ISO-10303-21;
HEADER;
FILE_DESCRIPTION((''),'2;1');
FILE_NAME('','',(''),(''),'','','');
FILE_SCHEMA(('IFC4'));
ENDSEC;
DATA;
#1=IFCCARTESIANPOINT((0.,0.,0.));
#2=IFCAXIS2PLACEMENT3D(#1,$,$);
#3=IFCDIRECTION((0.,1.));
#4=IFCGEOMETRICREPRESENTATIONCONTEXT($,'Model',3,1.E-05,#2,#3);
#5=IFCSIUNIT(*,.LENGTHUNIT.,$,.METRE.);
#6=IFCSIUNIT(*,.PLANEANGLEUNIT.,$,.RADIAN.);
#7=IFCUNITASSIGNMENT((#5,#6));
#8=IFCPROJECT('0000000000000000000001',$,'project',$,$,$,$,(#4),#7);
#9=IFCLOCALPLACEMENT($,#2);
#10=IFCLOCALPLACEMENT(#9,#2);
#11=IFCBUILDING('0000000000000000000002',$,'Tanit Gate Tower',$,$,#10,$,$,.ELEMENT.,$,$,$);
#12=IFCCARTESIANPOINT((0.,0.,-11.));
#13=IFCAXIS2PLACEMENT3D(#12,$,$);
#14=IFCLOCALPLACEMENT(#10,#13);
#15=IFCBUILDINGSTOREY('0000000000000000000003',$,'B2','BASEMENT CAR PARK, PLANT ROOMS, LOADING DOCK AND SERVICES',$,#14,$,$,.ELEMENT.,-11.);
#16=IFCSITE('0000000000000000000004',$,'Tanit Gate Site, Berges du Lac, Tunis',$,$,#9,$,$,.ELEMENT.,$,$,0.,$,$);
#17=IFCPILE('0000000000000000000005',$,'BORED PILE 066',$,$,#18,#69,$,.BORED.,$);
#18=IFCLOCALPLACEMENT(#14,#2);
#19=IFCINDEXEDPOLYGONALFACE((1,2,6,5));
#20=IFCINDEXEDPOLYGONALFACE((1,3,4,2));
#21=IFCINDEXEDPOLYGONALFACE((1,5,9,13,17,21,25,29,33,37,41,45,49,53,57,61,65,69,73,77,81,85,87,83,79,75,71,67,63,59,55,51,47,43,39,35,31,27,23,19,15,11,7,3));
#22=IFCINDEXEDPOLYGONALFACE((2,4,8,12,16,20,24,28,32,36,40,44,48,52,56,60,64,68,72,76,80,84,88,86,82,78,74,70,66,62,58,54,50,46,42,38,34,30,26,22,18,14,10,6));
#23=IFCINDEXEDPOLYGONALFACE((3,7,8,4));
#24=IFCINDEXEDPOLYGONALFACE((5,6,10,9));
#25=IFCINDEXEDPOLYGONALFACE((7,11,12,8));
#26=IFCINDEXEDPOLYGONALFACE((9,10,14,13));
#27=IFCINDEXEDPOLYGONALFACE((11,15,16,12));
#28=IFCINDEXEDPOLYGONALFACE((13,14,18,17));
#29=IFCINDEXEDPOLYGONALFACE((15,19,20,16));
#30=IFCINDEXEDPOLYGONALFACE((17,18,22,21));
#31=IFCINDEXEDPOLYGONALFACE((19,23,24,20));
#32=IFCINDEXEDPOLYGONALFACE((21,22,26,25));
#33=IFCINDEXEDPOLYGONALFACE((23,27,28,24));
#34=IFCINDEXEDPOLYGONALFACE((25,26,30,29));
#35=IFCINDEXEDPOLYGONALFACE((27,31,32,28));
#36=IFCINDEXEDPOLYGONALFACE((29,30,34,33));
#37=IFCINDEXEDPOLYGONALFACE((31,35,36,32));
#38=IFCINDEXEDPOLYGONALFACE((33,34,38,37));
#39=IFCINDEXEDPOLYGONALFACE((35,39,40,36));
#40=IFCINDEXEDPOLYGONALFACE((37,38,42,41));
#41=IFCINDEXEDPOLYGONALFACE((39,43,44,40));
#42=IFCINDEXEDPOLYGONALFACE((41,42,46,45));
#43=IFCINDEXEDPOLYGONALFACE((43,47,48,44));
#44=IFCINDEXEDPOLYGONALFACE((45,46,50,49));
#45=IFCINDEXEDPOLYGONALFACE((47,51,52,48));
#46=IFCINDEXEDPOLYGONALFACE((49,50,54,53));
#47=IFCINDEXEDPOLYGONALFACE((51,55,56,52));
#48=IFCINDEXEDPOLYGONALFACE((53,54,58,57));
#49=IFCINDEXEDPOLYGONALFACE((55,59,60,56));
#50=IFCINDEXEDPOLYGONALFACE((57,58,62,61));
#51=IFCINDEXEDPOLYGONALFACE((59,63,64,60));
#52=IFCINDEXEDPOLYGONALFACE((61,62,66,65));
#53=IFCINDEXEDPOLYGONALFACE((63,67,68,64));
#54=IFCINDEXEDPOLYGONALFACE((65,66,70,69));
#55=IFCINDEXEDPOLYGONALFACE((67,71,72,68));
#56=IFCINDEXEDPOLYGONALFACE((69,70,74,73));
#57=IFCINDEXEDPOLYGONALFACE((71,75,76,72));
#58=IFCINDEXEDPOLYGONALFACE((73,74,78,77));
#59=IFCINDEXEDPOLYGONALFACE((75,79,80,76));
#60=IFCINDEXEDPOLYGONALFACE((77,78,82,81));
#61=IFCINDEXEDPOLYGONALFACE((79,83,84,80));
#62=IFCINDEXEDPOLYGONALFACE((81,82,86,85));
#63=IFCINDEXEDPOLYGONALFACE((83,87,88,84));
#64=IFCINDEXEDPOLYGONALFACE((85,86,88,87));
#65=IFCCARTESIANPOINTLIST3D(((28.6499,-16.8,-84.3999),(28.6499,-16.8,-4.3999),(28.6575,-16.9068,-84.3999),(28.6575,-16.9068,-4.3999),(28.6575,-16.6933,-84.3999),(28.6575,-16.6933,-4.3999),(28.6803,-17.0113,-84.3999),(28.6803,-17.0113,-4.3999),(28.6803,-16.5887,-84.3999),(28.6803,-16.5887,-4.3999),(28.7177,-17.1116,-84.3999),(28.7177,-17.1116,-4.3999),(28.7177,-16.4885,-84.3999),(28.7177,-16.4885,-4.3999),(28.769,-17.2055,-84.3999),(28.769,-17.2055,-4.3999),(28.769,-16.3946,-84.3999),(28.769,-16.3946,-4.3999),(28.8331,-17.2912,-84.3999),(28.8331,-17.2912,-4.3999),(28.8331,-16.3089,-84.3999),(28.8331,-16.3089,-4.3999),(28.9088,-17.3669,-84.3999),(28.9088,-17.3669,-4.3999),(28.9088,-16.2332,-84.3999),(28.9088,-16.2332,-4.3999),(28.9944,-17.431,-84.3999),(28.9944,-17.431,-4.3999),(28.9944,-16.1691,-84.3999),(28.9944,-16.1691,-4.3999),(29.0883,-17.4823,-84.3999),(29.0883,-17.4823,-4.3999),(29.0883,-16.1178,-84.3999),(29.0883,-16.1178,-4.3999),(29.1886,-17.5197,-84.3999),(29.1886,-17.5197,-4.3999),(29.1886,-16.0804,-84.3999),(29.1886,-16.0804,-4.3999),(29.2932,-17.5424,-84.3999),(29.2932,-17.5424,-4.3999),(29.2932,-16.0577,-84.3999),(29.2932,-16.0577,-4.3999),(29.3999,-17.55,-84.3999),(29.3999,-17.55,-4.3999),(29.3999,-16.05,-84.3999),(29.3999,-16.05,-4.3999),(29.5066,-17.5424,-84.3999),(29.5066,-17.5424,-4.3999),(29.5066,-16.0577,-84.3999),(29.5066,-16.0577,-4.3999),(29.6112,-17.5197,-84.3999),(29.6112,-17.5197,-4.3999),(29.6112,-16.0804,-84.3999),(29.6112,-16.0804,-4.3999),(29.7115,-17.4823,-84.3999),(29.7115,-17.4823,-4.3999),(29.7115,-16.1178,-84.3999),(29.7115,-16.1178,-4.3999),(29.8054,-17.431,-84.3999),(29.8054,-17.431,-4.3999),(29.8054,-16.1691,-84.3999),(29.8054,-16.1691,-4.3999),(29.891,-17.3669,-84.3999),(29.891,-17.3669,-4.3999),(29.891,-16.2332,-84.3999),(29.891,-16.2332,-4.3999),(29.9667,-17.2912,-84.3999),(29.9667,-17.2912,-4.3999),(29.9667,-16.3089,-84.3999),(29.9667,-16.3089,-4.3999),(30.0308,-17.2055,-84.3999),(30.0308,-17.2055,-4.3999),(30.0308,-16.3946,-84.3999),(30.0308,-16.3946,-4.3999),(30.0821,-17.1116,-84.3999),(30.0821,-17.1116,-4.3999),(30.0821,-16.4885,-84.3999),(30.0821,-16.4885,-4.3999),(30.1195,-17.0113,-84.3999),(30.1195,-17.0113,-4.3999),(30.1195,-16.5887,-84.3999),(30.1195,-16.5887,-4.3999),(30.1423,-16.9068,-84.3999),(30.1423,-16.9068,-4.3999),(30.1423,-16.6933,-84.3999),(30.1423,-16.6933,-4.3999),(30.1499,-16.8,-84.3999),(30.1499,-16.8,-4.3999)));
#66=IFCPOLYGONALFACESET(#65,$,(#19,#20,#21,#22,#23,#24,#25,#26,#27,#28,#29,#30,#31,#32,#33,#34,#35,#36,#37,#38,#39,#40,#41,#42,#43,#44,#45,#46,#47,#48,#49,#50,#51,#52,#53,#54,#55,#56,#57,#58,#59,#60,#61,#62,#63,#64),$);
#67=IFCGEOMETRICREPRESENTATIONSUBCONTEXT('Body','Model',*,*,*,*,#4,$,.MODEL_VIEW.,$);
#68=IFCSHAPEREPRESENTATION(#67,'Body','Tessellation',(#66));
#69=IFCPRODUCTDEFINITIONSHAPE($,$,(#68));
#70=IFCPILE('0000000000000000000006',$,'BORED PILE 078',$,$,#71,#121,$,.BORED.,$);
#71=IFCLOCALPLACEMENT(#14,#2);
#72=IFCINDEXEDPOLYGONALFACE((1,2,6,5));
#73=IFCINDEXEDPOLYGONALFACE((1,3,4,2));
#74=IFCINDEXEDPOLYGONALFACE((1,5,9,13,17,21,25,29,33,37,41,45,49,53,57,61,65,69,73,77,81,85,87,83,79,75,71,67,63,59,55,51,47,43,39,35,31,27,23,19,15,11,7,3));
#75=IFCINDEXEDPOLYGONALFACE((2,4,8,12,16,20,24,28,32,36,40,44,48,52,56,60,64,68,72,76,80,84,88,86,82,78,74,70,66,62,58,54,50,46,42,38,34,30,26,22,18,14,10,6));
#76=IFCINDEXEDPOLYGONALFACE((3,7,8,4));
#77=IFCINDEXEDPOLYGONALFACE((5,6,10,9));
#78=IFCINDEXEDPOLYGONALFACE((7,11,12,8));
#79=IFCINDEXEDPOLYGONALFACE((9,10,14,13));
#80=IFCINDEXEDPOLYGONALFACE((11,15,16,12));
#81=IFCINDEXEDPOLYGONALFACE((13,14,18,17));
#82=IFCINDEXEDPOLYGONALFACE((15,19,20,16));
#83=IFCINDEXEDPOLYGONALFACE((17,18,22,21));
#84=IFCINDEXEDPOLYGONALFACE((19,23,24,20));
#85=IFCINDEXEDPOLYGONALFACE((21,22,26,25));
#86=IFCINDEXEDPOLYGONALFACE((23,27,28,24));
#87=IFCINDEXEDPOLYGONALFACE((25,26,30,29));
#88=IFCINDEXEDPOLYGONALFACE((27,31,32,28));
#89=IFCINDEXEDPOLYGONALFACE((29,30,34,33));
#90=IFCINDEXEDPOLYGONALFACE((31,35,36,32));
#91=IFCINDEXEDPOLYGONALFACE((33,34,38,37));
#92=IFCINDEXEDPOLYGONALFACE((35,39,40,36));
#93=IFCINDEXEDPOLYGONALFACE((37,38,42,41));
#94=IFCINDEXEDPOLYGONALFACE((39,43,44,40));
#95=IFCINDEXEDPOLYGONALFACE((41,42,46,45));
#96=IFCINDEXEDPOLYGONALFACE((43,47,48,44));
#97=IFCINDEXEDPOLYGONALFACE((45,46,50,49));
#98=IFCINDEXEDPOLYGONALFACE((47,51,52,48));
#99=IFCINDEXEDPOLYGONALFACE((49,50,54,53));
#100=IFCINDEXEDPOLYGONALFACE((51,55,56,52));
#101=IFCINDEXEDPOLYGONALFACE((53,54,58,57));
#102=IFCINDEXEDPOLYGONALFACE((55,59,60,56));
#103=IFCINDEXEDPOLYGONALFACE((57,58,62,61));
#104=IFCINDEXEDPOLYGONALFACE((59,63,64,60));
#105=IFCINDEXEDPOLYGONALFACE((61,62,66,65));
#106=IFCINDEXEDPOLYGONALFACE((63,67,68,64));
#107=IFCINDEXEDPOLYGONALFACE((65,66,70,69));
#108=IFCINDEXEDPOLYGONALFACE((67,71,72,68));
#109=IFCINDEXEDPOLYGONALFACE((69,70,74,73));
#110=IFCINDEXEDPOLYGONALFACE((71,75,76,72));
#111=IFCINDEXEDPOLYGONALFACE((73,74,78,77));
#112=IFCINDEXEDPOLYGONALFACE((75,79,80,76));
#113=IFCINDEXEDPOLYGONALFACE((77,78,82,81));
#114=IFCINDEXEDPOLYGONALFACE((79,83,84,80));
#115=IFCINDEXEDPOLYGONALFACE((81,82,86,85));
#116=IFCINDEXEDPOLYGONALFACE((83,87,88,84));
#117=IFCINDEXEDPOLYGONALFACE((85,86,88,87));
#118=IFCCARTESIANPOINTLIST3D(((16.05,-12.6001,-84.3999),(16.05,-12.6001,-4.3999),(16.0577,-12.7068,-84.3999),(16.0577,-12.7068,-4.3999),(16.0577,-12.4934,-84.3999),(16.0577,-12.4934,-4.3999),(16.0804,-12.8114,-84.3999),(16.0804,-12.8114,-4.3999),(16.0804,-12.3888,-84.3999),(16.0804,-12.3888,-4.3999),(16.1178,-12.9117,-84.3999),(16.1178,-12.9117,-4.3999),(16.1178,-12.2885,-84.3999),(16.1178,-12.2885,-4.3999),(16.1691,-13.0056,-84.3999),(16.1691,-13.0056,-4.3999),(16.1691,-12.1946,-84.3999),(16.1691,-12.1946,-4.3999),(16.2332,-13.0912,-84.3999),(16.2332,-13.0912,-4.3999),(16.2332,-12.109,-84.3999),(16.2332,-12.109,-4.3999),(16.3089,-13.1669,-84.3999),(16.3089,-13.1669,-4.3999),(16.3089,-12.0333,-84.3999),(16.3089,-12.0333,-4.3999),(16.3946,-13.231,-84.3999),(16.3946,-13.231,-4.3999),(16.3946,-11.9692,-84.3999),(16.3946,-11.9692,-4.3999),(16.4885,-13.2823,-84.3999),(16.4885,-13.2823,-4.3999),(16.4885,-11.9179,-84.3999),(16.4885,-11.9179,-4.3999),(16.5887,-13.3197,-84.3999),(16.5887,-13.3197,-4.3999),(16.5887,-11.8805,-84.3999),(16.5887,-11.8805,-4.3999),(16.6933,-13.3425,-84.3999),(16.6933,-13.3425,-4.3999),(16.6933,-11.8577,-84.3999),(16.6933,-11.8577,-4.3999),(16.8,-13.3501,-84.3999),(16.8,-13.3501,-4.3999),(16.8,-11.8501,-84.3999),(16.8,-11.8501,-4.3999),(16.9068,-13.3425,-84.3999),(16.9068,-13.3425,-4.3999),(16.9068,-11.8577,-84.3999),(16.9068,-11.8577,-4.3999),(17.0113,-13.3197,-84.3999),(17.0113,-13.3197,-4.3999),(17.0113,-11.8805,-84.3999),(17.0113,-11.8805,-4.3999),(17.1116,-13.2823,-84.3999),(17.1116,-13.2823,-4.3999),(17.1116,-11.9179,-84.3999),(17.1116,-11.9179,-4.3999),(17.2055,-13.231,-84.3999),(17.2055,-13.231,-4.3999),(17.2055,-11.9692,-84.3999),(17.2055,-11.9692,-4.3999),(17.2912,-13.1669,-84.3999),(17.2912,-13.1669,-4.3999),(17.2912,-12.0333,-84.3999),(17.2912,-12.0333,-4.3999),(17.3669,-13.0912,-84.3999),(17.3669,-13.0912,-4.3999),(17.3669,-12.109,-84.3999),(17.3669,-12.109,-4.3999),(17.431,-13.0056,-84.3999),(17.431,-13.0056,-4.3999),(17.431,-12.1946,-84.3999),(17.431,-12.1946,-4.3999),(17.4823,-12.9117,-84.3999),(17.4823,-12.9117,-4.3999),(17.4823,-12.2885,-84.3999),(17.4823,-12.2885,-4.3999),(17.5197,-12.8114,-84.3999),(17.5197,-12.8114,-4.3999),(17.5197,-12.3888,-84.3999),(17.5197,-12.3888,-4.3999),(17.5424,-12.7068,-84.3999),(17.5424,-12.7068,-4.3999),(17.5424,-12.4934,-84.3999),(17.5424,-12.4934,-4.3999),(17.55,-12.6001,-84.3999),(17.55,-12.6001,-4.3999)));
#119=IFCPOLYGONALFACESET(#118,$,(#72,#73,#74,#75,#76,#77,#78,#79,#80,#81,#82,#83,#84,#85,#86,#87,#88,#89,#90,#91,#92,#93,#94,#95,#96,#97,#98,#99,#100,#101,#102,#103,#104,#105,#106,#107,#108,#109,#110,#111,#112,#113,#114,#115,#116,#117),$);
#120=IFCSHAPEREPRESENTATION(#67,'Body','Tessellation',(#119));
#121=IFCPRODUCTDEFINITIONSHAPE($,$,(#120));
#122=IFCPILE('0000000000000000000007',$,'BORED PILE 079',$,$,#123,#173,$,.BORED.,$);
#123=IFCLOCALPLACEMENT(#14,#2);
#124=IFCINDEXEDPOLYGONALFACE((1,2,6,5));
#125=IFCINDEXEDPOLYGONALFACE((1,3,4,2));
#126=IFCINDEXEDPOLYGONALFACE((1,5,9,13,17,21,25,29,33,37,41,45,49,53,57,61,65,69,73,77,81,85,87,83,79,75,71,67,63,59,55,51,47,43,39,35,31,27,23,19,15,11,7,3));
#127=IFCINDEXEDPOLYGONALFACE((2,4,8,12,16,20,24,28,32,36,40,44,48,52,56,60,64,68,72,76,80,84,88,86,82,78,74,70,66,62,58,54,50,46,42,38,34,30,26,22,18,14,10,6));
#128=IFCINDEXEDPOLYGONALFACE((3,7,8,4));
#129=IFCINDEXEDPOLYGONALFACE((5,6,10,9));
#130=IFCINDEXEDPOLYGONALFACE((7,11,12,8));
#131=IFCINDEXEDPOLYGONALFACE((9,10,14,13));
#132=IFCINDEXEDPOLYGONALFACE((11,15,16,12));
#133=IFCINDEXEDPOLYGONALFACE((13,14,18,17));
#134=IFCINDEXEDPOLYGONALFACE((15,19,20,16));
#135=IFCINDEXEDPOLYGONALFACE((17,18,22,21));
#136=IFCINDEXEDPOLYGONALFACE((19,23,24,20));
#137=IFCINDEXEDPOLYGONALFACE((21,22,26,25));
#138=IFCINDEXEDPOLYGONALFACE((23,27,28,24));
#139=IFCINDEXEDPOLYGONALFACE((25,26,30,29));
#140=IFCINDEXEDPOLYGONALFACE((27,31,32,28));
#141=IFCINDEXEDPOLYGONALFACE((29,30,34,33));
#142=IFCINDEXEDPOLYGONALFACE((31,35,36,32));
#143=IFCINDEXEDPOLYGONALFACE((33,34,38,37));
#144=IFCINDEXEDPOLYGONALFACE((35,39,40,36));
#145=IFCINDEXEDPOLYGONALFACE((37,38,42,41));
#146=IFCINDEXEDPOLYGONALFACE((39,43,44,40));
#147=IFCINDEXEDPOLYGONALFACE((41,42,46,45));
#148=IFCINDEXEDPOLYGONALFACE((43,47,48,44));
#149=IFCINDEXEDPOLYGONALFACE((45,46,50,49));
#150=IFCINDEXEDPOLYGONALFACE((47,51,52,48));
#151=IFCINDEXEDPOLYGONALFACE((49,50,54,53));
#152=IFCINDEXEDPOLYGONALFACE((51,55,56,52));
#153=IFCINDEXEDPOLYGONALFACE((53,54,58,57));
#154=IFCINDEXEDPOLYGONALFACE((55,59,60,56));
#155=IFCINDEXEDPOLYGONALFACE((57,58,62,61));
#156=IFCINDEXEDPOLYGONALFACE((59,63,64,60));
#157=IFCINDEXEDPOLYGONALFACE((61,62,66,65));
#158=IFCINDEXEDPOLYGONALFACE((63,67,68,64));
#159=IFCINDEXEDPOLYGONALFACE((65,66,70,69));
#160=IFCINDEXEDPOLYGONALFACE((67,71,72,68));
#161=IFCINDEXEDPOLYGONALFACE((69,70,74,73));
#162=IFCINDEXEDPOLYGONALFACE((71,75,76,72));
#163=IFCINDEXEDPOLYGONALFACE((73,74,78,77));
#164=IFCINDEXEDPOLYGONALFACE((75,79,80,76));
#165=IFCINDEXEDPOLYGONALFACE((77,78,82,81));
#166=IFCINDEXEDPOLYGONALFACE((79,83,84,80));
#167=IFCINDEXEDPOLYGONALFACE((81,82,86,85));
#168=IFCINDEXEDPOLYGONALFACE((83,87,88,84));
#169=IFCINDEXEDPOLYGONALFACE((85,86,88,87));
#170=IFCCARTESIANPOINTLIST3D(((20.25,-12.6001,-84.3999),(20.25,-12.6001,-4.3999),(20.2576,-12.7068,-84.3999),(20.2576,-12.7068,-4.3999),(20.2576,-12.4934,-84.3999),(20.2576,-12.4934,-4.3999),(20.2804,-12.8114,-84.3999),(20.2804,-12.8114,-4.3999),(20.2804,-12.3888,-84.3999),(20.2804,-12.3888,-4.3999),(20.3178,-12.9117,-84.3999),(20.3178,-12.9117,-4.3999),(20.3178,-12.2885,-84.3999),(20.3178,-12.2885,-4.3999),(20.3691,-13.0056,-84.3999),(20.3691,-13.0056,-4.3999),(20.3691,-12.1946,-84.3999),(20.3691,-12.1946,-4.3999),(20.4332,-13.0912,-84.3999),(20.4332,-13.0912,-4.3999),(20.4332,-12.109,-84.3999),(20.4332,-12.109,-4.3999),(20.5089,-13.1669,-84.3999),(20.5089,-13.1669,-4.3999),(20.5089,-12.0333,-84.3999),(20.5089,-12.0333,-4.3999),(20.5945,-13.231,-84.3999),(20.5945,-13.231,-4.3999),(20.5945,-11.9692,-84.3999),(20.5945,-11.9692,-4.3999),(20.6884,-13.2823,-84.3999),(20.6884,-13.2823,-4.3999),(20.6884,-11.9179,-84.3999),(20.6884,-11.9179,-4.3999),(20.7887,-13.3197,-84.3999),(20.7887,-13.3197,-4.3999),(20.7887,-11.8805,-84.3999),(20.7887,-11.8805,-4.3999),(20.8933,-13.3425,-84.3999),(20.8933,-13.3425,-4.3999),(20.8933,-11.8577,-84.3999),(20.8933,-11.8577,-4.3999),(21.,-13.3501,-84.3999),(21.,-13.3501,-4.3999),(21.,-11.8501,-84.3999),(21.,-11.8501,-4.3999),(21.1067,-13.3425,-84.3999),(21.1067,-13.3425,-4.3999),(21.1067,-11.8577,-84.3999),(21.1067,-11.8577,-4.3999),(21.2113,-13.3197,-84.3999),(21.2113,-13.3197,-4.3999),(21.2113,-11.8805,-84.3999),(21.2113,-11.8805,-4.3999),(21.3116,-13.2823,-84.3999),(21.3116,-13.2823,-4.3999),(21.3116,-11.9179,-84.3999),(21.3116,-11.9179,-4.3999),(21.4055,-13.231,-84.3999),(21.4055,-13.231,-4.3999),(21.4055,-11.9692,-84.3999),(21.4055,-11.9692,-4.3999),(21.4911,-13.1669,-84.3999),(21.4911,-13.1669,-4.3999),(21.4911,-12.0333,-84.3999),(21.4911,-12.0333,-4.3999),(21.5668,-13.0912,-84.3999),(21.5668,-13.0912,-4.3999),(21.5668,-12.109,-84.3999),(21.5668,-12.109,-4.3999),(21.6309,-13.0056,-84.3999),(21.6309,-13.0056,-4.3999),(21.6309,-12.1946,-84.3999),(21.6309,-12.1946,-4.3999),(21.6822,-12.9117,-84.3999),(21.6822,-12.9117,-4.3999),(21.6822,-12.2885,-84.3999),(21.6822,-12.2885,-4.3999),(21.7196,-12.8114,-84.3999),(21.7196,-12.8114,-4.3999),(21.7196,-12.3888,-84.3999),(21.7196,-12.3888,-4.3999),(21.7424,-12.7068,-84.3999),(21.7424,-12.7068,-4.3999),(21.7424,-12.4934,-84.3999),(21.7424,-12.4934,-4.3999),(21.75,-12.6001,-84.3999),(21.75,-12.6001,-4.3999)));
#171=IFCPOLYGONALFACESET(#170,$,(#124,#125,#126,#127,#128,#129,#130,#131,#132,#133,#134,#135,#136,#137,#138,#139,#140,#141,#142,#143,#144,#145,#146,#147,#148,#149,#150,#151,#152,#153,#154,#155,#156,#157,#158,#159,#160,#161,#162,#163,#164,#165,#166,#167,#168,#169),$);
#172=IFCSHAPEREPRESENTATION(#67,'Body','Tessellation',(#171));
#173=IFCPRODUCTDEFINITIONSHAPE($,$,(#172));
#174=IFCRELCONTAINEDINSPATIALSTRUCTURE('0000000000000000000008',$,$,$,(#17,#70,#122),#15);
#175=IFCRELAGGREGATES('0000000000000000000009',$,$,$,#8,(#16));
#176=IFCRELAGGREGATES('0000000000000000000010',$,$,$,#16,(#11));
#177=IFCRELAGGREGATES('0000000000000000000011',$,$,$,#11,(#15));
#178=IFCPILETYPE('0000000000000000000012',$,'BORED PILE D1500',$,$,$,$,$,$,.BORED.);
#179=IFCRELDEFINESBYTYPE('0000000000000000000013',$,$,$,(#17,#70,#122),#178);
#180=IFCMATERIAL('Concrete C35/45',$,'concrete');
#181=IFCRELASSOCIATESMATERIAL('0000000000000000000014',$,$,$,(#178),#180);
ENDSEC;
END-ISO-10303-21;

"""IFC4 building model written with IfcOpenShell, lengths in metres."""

from ifc_helpers import new_model, si_unit, direction, frame, origin, origin_2d, place, context, subcontext, project, spatial, circle, extrude, material, material_profile, profile_set, type_object, element, save


model = new_model("IFC4")

# Units and contexts
model_context = context("Model", 3, precision=1e-05, world=origin(), true_north=direction((0.0, 1.0)))
body_context = subcontext(model_context, "Body", "Model", "MODEL_VIEW")
ifc_project = project(units=[si_unit("LENGTHUNIT", "METRE"), si_unit("PLANEANGLEUNIT", "RADIAN")], contexts=[model_context])

# Site, building, storey
site_placement = place(None, origin())
site = spatial("IfcSite", under=ifc_project, at=site_placement, Name="Tanit Gate Site, Berges du Lac, Tunis", CompositionType="ELEMENT", RefElevation=0.0)
building_placement = place(site_placement, origin())
building = spatial("IfcBuilding", under=site, at=building_placement, Name="Tanit Gate Tower", CompositionType="ELEMENT")
storey_placement = place(building_placement, frame((0.0, 0.0, -11.0)))
storey = spatial("IfcBuildingStorey", under=building, at=storey_placement, Name="B2", Description="BASEMENT CAR PARK, PLANT ROOMS, LOADING DOCK AND SERVICES", CompositionType="ELEMENT", Elevation=-11.0)

# Piles
ifc_material_1 = material(Name="Concrete C35/45", Category="concrete")
ifc_material_profile = material_profile(ifc_material_1, circle(Radius=0.75, at=origin_2d()), Name="BORED PILE D1500 C35/45")
ifc_profile_set = profile_set([ifc_material_profile], Name="Concrete C35/45")
pile_type = type_object("IfcPileType", Name="BORED PILE D1500", PredefinedType="BORED", material=ifc_profile_set)
for number, where, z_axis, x_axis, name in (
    (1, (29.3999, -16.8, -4.3999), (0.0, 0.0, -1.0), (1.0, 0.0, 0.0), "BORED PILE 066"),
    (2, (16.8, -12.6001, -4.3999), (0.0, 0.0, -1.0), (1.0, 0.0, 0.0), "BORED PILE 078"),
    (3, (21.0, -12.6001, -4.3999), (0.0, 0.0, -1.0), (1.0, 0.0, 0.0), "BORED PILE 079"),
):
    element("IfcPile", number, at=place(storey_placement, frame(where, z_axis=z_axis, x_axis=x_axis)), inside=storey, type_object=pile_type, Name=name, PredefinedType="BORED", context=body_context, shape_type="SweptSolid", body=[
        extrude(circle(Radius=0.75, at=origin_2d()), origin(), (0.0, 0.0, 1.0), 80.0),
    ])

save(model, "model.ifc")
